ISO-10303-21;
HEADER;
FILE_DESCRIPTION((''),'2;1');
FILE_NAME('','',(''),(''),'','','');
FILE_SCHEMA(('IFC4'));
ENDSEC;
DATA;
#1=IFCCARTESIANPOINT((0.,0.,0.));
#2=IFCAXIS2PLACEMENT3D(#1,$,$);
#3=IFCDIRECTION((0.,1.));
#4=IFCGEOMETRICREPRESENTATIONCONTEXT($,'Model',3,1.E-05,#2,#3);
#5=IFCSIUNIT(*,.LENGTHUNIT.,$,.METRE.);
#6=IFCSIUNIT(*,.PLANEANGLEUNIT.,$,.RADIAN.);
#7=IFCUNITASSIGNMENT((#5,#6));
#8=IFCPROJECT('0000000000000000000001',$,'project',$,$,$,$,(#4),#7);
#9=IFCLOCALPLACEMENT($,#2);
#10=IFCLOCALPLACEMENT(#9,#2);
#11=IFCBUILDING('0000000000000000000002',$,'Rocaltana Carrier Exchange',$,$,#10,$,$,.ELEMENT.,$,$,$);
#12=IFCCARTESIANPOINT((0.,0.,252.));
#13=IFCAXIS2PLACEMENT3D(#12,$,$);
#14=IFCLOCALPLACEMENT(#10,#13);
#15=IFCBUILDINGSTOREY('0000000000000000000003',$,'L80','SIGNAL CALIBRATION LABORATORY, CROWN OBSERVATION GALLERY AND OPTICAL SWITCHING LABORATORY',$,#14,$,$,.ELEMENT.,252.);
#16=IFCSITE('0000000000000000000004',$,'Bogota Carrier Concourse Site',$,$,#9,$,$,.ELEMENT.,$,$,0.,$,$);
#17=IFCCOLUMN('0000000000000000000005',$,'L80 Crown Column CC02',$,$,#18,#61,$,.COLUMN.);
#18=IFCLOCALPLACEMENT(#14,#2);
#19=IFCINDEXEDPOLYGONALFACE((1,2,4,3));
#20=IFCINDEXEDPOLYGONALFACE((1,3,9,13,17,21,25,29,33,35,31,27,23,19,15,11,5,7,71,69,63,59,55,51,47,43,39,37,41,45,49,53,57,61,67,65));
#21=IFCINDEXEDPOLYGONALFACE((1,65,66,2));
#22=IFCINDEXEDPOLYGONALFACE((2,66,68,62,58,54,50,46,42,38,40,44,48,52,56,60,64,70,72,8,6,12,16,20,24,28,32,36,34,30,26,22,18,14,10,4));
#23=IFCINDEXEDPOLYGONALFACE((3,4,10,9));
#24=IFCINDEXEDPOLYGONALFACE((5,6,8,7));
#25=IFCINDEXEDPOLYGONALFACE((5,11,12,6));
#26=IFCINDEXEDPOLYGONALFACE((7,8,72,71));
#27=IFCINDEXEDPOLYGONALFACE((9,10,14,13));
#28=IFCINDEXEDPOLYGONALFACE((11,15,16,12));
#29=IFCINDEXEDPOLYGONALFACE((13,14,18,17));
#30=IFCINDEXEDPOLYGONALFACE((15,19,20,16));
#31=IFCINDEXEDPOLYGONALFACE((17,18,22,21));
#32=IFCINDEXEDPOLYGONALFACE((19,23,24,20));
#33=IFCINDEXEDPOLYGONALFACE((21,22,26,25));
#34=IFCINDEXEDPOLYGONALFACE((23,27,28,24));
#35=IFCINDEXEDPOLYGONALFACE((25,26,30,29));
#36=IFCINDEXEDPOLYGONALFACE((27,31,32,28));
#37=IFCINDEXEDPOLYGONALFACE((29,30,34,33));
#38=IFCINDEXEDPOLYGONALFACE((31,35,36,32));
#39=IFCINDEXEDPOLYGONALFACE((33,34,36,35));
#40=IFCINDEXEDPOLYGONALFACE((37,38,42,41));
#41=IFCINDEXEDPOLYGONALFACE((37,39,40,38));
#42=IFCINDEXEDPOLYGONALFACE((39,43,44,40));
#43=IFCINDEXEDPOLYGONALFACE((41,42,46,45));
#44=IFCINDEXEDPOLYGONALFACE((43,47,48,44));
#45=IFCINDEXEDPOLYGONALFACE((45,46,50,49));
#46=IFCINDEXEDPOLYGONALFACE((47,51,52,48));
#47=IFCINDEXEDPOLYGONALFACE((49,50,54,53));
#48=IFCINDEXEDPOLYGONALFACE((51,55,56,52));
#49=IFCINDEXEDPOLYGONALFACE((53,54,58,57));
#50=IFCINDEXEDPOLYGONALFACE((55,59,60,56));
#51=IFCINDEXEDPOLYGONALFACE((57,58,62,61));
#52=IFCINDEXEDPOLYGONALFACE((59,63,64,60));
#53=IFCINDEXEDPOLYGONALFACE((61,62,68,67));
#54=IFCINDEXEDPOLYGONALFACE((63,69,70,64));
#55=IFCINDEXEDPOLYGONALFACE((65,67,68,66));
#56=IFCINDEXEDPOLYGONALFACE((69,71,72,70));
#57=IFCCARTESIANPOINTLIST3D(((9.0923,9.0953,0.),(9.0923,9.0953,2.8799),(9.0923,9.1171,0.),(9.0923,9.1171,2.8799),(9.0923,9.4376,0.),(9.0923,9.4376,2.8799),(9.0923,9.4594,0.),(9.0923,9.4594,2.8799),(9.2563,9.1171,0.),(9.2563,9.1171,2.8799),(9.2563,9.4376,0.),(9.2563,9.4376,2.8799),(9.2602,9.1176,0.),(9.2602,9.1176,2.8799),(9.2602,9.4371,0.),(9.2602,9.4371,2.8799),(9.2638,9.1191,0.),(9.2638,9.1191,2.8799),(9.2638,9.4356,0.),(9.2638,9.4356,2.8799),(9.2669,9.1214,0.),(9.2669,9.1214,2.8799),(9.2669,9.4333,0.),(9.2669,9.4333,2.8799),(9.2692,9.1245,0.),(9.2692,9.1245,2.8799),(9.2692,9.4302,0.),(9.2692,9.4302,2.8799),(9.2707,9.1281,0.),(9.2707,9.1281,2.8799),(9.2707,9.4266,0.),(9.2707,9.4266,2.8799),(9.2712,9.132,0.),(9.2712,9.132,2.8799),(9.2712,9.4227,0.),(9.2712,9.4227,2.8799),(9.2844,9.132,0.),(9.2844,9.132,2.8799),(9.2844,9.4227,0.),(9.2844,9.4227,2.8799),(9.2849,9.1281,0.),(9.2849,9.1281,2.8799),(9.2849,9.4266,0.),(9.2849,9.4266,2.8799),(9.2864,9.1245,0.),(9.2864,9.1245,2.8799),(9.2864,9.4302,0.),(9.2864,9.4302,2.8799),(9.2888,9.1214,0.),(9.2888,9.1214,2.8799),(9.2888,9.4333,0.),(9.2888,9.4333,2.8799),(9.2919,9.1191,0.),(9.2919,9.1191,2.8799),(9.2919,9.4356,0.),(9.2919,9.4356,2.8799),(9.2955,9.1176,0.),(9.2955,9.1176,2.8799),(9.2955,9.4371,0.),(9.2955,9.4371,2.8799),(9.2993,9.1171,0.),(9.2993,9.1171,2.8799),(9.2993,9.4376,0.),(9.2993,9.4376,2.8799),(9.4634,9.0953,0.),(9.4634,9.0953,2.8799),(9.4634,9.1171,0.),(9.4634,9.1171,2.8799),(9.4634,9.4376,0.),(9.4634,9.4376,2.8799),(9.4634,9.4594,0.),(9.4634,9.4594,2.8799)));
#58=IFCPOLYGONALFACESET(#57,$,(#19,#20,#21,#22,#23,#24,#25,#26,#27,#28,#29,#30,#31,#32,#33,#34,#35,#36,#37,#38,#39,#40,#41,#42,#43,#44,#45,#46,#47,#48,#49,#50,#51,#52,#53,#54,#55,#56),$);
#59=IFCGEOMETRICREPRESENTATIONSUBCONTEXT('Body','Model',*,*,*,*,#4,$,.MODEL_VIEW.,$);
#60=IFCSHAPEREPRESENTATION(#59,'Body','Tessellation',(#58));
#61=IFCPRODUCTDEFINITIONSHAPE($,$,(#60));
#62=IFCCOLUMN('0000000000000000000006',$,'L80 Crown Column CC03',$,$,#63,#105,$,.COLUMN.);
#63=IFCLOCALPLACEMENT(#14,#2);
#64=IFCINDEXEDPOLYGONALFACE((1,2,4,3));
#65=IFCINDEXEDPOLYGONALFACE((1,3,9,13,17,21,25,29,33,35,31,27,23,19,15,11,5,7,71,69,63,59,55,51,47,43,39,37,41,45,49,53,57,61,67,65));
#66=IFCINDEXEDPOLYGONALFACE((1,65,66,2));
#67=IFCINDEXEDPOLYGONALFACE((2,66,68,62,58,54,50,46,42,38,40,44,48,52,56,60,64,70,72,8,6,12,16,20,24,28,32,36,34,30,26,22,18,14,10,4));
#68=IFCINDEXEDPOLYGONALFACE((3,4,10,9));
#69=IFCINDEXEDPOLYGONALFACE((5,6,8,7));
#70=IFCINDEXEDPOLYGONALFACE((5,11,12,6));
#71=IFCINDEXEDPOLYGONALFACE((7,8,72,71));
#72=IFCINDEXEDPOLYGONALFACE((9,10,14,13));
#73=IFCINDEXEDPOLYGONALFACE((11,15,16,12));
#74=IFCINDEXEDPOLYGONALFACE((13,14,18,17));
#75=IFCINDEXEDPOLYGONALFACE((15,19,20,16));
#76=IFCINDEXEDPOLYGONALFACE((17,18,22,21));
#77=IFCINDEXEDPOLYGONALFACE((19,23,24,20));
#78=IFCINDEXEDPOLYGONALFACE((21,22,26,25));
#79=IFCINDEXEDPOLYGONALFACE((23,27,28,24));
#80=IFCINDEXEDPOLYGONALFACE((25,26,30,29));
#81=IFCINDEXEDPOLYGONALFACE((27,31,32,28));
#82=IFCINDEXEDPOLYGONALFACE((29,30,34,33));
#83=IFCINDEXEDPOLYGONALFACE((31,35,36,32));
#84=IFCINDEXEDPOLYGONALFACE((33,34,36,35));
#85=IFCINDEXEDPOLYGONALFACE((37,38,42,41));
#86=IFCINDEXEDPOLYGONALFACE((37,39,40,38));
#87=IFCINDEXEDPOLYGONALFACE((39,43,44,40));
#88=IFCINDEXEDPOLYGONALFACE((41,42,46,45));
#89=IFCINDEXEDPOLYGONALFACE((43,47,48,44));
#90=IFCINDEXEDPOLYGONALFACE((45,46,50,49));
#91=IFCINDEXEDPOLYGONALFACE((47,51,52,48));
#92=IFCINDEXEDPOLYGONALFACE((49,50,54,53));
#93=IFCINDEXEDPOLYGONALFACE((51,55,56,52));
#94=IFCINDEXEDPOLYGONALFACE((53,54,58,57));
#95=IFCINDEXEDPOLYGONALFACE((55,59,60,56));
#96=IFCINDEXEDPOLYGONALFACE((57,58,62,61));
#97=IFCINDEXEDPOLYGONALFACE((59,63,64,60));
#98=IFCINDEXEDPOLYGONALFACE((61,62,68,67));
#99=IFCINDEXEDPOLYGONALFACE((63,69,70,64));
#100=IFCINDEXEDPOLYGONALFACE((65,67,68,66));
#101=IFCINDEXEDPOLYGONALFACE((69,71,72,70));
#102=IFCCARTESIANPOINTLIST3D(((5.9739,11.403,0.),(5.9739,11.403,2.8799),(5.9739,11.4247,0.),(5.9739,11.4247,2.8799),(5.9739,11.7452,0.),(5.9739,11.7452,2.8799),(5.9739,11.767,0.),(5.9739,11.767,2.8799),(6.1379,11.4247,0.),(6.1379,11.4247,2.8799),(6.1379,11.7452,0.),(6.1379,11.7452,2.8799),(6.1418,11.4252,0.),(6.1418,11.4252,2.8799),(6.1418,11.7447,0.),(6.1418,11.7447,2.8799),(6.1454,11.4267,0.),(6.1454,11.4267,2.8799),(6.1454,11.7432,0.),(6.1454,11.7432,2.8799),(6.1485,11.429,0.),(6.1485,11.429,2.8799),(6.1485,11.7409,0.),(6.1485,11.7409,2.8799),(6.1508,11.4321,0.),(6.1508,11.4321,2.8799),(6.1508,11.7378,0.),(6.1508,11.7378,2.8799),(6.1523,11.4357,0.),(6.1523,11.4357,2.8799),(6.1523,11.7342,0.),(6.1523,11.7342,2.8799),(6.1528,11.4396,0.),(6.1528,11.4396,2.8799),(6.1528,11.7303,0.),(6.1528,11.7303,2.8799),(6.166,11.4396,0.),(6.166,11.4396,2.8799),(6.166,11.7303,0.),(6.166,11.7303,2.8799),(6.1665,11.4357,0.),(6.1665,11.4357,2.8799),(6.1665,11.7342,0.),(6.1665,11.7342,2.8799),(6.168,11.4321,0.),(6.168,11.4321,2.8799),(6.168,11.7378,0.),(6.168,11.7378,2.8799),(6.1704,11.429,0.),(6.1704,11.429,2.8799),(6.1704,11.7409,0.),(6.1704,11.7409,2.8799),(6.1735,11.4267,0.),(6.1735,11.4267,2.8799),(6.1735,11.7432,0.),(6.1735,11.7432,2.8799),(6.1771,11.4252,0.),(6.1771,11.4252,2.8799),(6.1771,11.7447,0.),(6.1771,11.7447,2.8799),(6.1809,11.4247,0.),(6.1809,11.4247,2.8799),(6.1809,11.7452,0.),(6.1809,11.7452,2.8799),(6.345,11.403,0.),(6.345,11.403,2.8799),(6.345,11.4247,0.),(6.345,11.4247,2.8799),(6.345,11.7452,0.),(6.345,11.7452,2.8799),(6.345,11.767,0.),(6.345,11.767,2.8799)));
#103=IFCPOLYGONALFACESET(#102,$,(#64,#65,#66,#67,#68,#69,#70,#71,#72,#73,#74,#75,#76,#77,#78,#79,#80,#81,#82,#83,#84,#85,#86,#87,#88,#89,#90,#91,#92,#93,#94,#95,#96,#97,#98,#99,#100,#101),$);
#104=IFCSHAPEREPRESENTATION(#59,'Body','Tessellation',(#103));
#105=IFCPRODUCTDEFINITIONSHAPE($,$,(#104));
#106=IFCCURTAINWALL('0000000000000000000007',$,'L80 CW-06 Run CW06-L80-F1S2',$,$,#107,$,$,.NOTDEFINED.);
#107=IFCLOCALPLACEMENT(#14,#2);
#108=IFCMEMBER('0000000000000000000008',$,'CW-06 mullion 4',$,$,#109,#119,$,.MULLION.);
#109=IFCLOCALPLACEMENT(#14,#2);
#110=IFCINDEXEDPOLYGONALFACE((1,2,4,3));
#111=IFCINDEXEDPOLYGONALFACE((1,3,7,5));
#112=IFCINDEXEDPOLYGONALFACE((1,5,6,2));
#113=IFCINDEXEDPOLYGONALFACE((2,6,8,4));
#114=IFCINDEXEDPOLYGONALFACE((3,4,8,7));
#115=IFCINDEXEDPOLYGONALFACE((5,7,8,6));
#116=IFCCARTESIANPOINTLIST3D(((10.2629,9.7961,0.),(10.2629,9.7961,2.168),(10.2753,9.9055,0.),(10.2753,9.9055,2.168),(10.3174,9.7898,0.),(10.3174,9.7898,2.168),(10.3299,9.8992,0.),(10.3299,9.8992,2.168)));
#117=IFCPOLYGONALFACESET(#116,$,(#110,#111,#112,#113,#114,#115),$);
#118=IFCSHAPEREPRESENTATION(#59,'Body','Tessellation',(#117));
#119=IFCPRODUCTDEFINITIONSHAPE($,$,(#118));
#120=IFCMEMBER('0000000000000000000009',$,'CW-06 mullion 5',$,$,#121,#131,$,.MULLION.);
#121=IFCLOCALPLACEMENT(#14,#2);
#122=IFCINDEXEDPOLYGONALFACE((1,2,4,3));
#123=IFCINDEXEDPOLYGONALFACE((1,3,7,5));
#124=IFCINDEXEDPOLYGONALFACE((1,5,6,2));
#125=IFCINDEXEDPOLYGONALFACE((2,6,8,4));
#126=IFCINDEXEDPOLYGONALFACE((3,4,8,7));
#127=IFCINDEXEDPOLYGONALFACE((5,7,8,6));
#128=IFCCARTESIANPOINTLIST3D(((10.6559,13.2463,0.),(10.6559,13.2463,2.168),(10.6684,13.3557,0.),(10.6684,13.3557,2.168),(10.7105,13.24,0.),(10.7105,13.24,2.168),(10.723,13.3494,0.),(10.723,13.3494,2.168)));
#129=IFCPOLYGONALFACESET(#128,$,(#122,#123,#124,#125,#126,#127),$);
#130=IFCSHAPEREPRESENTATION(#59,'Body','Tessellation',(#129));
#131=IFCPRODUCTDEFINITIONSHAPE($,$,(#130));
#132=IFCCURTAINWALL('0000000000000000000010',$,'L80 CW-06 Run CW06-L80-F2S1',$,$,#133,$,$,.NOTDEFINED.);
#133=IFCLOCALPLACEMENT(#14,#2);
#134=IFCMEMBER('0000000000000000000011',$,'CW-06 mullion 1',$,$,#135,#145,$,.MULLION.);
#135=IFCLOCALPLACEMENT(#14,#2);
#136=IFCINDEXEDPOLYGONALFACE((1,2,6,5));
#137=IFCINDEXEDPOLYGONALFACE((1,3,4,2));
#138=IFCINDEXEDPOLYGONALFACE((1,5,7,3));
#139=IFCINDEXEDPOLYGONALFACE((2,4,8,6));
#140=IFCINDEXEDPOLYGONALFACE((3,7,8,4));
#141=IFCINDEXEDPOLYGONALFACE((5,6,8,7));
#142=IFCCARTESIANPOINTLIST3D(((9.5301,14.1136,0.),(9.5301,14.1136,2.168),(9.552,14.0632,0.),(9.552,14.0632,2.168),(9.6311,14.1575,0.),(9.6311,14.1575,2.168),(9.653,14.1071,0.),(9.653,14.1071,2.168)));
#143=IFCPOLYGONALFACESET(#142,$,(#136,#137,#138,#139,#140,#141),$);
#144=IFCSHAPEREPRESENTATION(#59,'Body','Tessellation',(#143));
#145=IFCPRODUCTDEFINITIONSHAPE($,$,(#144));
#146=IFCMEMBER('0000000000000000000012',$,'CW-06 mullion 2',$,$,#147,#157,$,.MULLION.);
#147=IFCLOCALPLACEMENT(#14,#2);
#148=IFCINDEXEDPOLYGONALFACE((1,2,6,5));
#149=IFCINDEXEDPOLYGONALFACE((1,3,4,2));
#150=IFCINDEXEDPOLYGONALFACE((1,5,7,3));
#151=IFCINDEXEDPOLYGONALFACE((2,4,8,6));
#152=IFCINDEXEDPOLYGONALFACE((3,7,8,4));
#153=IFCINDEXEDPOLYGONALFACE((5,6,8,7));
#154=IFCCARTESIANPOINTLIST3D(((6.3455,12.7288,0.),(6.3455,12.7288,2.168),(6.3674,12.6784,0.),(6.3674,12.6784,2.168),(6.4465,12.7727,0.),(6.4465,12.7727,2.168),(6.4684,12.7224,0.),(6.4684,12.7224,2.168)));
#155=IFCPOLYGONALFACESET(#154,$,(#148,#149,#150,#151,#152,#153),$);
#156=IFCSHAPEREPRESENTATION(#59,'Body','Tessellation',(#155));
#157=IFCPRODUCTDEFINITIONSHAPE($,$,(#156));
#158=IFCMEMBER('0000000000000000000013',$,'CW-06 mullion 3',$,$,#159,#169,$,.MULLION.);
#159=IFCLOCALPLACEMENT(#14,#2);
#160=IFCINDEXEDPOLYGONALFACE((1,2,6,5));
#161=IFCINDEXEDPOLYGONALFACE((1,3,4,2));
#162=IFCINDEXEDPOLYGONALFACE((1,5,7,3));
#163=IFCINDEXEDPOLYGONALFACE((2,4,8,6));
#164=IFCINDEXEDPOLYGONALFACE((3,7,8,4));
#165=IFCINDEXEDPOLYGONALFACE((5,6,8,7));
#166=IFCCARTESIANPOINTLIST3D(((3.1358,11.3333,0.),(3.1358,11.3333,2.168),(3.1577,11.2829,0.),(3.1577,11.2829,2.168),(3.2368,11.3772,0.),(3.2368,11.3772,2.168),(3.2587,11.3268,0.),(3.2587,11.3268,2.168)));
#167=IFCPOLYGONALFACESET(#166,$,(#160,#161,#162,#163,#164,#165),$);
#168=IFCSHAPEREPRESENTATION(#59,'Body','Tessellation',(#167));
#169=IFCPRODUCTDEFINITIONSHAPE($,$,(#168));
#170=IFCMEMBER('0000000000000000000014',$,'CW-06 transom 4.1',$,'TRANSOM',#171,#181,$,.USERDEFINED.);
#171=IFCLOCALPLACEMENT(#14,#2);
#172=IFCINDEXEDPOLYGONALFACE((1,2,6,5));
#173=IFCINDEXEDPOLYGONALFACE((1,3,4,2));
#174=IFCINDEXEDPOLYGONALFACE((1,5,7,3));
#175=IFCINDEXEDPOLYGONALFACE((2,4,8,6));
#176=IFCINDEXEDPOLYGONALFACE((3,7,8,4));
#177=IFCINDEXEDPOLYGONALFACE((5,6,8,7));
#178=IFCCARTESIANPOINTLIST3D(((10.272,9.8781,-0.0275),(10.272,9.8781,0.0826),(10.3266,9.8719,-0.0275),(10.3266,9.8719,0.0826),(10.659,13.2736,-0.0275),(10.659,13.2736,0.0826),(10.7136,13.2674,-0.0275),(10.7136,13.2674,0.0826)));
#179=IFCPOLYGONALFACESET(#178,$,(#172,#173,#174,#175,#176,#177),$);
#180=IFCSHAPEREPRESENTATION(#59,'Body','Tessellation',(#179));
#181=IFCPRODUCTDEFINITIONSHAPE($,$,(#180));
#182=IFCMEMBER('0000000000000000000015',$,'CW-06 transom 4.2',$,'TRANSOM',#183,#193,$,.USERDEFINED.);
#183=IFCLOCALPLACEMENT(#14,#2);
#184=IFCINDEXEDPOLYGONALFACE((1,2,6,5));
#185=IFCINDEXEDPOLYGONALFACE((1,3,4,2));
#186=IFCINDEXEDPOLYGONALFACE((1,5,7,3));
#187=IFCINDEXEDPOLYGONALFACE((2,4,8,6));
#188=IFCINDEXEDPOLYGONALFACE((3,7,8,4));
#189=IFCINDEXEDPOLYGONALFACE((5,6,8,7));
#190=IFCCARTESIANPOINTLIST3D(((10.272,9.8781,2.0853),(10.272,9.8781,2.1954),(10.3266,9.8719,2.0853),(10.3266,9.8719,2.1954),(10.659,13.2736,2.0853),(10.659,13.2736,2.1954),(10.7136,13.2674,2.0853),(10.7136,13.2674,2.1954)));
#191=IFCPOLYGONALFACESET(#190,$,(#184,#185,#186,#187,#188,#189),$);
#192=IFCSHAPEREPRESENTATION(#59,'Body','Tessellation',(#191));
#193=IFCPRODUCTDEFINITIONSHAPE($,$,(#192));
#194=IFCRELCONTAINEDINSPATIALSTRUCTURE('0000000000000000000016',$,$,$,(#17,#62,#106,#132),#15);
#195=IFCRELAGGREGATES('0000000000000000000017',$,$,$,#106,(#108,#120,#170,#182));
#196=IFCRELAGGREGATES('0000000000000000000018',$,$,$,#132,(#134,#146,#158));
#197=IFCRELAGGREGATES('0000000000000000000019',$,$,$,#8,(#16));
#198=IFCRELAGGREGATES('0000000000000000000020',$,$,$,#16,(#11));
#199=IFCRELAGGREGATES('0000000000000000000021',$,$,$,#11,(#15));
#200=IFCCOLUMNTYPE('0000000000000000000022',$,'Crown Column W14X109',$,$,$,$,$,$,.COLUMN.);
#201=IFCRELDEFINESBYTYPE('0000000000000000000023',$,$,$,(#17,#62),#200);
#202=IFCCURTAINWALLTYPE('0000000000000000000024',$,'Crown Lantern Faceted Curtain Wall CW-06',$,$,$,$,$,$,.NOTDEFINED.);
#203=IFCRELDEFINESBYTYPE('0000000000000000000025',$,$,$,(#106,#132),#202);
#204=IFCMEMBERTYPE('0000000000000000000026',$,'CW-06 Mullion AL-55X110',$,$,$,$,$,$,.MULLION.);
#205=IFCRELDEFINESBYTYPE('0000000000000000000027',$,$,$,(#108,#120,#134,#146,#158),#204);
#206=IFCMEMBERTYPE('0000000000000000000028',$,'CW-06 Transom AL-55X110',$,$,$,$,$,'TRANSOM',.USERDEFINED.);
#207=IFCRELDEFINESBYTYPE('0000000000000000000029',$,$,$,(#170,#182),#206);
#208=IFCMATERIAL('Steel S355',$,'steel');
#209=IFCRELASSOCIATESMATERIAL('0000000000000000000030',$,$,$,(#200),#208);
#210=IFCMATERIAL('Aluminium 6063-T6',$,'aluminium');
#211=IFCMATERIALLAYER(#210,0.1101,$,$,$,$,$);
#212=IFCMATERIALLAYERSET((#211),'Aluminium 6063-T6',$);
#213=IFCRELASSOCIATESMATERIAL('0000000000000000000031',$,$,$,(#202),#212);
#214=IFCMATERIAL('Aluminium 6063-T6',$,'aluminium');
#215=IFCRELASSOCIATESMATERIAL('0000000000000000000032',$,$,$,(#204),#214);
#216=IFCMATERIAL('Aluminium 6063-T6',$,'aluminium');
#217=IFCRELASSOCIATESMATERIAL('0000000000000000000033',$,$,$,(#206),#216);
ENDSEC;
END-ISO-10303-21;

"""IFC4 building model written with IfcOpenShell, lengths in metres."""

from ifc_helpers import new_model, si_unit, direction, frame, origin, origin_2d, place, context, subcontext, project, spatial, rectangle, i_section, extrude, material, layer, layer_set, material_profile, profile_set, type_object, element, aggregate, save


model = new_model("IFC4")

# Units and contexts
model_context = context("Model", 3, precision=1e-05, world=origin(), true_north=direction((0.0, 1.0)))
body_context = subcontext(model_context, "Body", "Model", "MODEL_VIEW")
ifc_project = project(units=[si_unit("LENGTHUNIT", "METRE"), si_unit("PLANEANGLEUNIT", "RADIAN")], contexts=[model_context])

# Site, building, storey
site_placement = place(None, origin())
site = spatial("IfcSite", under=ifc_project, at=site_placement, Name="Bogota Carrier Concourse Site", CompositionType="ELEMENT", RefElevation=0.0)
building_placement = place(site_placement, origin())
building = spatial("IfcBuilding", under=site, at=building_placement, Name="Rocaltana Carrier Exchange", CompositionType="ELEMENT")
storey_placement = place(building_placement, frame((0.0, 0.0, 252.0)))
storey = spatial("IfcBuildingStorey", under=building, at=storey_placement, Name="L80", Description="SIGNAL CALIBRATION LABORATORY, CROWN OBSERVATION GALLERY AND OPTICAL SWITCHING LABORATORY", CompositionType="ELEMENT", Elevation=252.0)

# Columns
ifc_material_1 = material(Name="Steel S355", Category="steel")
ifc_material_profile_1 = material_profile(ifc_material_1, i_section(OverallWidth=0.3711, OverallDepth=0.364, WebThickness=0.0132, FlangeThickness=0.0217, FilletRadius=0.0149, at=origin_2d()), Name="W14X109")
ifc_profile_set_1 = profile_set([ifc_material_profile_1], Name="Steel S355")
column_type = type_object("IfcColumnType", Name="Crown Column W14X109", PredefinedType="COLUMN", material=ifc_profile_set_1)
for number, where, z_axis, x_axis, name in (
    (1, (9.2778, 9.2773, 0.0), (0.0, 0.0, 1.0), (1.0, 0.0, 0.0), "L80 Crown Column CC02"),
    (2, (6.1594, 11.585, 0.0), (0.0, 0.0, 1.0), (1.0, 0.0, 0.0), "L80 Crown Column CC03"),
):
    element("IfcColumn", number, at=place(storey_placement, frame(where, z_axis=z_axis, x_axis=x_axis)), inside=storey, type_object=column_type, Name=name, PredefinedType="COLUMN", context=body_context, shape_type="SweptSolid", body=[
        extrude(i_section(OverallWidth=0.3711, OverallDepth=0.364, WebThickness=0.0132, FlangeThickness=0.0217, FilletRadius=0.0149, at=origin_2d()), origin(), (0.0, 0.0, 1.0), 2.8799),
    ])

# Curtain walls, members
ifc_material_2 = material(Name="Aluminium 6063-T6", Category="aluminium")
ifc_layer_1 = layer(ifc_material_2, 0.1101)
ifc_layer_set_1 = layer_set([ifc_layer_1], Name="Aluminium 6063-T6")
curtain_wall_type = type_object("IfcCurtainWallType", Name="Crown Lantern Faceted Curtain Wall CW-06", PredefinedType="NOTDEFINED", material=ifc_layer_set_1)
curtain_wall_1_placement = place(storey_placement, origin())
curtain_wall_1 = element("IfcCurtainWall", 3, at=curtain_wall_1_placement, inside=storey, type_object=curtain_wall_type, Name="L80 CW-06 Run CW06-L80-F1S2", PredefinedType="NOTDEFINED")
ifc_material_3 = material(Name="Aluminium 6063-T6", Category="aluminium")
ifc_material_profile_2 = material_profile(ifc_material_3, rectangle(XDim=0.0549, YDim=0.1101, at=origin_2d()), Name="AL-55X110")
ifc_profile_set_2 = profile_set([ifc_material_profile_2], Name="Aluminium 6063-T6")
member_type_1 = type_object("IfcMemberType", Name="CW-06 Mullion AL-55X110", PredefinedType="MULLION", material=ifc_profile_set_2)
member_1_placement = place(storey_placement, frame((10.2964, 9.8477, 0.0), z_axis=(0.0, 0.0, 1.0), x_axis=(-0.993572, 0.1132, 0.0)))
member_1 = element("IfcMember", 4, at=member_1_placement, type_object=member_type_1, Name="CW-06 mullion 4", PredefinedType="MULLION", context=body_context, shape_type="SweptSolid", body=[
    extrude(rectangle(XDim=0.0549, YDim=0.1101, at=origin_2d()), origin(), (0.0, 0.0, 1.0), 2.168),
])
member_2_placement = place(storey_placement, frame((10.6895, 13.2979, 0.0), z_axis=(0.0, 0.0, 1.0), x_axis=(-0.993572, 0.1132, 0.0)))
member_2 = element("IfcMember", 5, at=member_2_placement, type_object=member_type_1, Name="CW-06 mullion 5", PredefinedType="MULLION", context=body_context, shape_type="SweptSolid", body=[
    extrude(rectangle(XDim=0.0549, YDim=0.1101, at=origin_2d()), origin(), (0.0, 0.0, 1.0), 2.168),
])
curtain_wall_2_placement = place(storey_placement, origin())
curtain_wall_2 = element("IfcCurtainWall", 6, at=curtain_wall_2_placement, inside=storey, type_object=curtain_wall_type, Name="L80 CW-06 Run CW06-L80-F2S1", PredefinedType="NOTDEFINED")
member_3_placement = place(storey_placement, frame((9.5916, 14.1104, 0.0), z_axis=(0.0, 0.0, 1.0), x_axis=(0.398742, -0.917063, 0.0)))
member_3 = element("IfcMember", 7, at=member_3_placement, type_object=member_type_1, Name="CW-06 mullion 1", PredefinedType="MULLION", context=body_context, shape_type="SweptSolid", body=[
    extrude(rectangle(XDim=0.0549, YDim=0.1101, at=origin_2d()), origin(), (0.0, 0.0, 1.0), 2.168),
])
member_4_placement = place(storey_placement, frame((6.407, 12.7256, 0.0), z_axis=(0.0, 0.0, 1.0), x_axis=(0.398742, -0.917063, 0.0)))
member_4 = element("IfcMember", 8, at=member_4_placement, type_object=member_type_1, Name="CW-06 mullion 2", PredefinedType="MULLION", context=body_context, shape_type="SweptSolid", body=[
    extrude(rectangle(XDim=0.0549, YDim=0.1101, at=origin_2d()), origin(), (0.0, 0.0, 1.0), 2.168),
])
member_5_placement = place(storey_placement, frame((3.1973, 11.3301, 0.0), z_axis=(0.0, 0.0, 1.0), x_axis=(0.398742, -0.917063, 0.0)))
member_5 = element("IfcMember", 9, at=member_5_placement, type_object=member_type_1, Name="CW-06 mullion 3", PredefinedType="MULLION", context=body_context, shape_type="SweptSolid", body=[
    extrude(rectangle(XDim=0.0549, YDim=0.1101, at=origin_2d()), origin(), (0.0, 0.0, 1.0), 2.168),
])

# Members
ifc_material_4 = material(Name="Aluminium 6063-T6", Category="aluminium")
ifc_material_profile_3 = material_profile(ifc_material_4, rectangle(XDim=0.0549, YDim=0.1101, at=origin_2d()), Name="AL-55X110")
ifc_profile_set_3 = profile_set([ifc_material_profile_3], Name="Aluminium 6063-T6")
member_type_2 = type_object("IfcMemberType", Name="CW-06 Transom AL-55X110", ElementType="TRANSOM", PredefinedType="USERDEFINED", material=ifc_profile_set_3)
member_6_placement = place(storey_placement, frame((10.2993, 9.875, 0.0276), z_axis=(0.11323, 0.993569, 0.0), x_axis=(-0.993569, 0.11323, 0.0)))
member_6 = element("IfcMember", 10, at=member_6_placement, type_object=member_type_2, Name="CW-06 transom 4.1", ObjectType="TRANSOM", PredefinedType="USERDEFINED", context=body_context, shape_type="SweptSolid", body=[
    extrude(rectangle(XDim=0.0549, YDim=0.1101, at=origin_2d()), origin(), (0.0, 0.0, 1.0), 3.4175),
])
member_7_placement = place(storey_placement, frame((10.2993, 9.875, 2.1404), z_axis=(0.11323, 0.993569, 0.0), x_axis=(-0.993569, 0.11323, 0.0)))
member_7 = element("IfcMember", 11, at=member_7_placement, type_object=member_type_2, Name="CW-06 transom 4.2", ObjectType="TRANSOM", PredefinedType="USERDEFINED", context=body_context, shape_type="SweptSolid", body=[
    extrude(rectangle(XDim=0.0549, YDim=0.1101, at=origin_2d()), origin(), (0.0, 0.0, 1.0), 3.4175),
])

aggregate(curtain_wall_1, [member_1, member_2, member_6, member_7])
aggregate(curtain_wall_2, [member_3, member_4, member_5])

save(model, "model.ifc")
